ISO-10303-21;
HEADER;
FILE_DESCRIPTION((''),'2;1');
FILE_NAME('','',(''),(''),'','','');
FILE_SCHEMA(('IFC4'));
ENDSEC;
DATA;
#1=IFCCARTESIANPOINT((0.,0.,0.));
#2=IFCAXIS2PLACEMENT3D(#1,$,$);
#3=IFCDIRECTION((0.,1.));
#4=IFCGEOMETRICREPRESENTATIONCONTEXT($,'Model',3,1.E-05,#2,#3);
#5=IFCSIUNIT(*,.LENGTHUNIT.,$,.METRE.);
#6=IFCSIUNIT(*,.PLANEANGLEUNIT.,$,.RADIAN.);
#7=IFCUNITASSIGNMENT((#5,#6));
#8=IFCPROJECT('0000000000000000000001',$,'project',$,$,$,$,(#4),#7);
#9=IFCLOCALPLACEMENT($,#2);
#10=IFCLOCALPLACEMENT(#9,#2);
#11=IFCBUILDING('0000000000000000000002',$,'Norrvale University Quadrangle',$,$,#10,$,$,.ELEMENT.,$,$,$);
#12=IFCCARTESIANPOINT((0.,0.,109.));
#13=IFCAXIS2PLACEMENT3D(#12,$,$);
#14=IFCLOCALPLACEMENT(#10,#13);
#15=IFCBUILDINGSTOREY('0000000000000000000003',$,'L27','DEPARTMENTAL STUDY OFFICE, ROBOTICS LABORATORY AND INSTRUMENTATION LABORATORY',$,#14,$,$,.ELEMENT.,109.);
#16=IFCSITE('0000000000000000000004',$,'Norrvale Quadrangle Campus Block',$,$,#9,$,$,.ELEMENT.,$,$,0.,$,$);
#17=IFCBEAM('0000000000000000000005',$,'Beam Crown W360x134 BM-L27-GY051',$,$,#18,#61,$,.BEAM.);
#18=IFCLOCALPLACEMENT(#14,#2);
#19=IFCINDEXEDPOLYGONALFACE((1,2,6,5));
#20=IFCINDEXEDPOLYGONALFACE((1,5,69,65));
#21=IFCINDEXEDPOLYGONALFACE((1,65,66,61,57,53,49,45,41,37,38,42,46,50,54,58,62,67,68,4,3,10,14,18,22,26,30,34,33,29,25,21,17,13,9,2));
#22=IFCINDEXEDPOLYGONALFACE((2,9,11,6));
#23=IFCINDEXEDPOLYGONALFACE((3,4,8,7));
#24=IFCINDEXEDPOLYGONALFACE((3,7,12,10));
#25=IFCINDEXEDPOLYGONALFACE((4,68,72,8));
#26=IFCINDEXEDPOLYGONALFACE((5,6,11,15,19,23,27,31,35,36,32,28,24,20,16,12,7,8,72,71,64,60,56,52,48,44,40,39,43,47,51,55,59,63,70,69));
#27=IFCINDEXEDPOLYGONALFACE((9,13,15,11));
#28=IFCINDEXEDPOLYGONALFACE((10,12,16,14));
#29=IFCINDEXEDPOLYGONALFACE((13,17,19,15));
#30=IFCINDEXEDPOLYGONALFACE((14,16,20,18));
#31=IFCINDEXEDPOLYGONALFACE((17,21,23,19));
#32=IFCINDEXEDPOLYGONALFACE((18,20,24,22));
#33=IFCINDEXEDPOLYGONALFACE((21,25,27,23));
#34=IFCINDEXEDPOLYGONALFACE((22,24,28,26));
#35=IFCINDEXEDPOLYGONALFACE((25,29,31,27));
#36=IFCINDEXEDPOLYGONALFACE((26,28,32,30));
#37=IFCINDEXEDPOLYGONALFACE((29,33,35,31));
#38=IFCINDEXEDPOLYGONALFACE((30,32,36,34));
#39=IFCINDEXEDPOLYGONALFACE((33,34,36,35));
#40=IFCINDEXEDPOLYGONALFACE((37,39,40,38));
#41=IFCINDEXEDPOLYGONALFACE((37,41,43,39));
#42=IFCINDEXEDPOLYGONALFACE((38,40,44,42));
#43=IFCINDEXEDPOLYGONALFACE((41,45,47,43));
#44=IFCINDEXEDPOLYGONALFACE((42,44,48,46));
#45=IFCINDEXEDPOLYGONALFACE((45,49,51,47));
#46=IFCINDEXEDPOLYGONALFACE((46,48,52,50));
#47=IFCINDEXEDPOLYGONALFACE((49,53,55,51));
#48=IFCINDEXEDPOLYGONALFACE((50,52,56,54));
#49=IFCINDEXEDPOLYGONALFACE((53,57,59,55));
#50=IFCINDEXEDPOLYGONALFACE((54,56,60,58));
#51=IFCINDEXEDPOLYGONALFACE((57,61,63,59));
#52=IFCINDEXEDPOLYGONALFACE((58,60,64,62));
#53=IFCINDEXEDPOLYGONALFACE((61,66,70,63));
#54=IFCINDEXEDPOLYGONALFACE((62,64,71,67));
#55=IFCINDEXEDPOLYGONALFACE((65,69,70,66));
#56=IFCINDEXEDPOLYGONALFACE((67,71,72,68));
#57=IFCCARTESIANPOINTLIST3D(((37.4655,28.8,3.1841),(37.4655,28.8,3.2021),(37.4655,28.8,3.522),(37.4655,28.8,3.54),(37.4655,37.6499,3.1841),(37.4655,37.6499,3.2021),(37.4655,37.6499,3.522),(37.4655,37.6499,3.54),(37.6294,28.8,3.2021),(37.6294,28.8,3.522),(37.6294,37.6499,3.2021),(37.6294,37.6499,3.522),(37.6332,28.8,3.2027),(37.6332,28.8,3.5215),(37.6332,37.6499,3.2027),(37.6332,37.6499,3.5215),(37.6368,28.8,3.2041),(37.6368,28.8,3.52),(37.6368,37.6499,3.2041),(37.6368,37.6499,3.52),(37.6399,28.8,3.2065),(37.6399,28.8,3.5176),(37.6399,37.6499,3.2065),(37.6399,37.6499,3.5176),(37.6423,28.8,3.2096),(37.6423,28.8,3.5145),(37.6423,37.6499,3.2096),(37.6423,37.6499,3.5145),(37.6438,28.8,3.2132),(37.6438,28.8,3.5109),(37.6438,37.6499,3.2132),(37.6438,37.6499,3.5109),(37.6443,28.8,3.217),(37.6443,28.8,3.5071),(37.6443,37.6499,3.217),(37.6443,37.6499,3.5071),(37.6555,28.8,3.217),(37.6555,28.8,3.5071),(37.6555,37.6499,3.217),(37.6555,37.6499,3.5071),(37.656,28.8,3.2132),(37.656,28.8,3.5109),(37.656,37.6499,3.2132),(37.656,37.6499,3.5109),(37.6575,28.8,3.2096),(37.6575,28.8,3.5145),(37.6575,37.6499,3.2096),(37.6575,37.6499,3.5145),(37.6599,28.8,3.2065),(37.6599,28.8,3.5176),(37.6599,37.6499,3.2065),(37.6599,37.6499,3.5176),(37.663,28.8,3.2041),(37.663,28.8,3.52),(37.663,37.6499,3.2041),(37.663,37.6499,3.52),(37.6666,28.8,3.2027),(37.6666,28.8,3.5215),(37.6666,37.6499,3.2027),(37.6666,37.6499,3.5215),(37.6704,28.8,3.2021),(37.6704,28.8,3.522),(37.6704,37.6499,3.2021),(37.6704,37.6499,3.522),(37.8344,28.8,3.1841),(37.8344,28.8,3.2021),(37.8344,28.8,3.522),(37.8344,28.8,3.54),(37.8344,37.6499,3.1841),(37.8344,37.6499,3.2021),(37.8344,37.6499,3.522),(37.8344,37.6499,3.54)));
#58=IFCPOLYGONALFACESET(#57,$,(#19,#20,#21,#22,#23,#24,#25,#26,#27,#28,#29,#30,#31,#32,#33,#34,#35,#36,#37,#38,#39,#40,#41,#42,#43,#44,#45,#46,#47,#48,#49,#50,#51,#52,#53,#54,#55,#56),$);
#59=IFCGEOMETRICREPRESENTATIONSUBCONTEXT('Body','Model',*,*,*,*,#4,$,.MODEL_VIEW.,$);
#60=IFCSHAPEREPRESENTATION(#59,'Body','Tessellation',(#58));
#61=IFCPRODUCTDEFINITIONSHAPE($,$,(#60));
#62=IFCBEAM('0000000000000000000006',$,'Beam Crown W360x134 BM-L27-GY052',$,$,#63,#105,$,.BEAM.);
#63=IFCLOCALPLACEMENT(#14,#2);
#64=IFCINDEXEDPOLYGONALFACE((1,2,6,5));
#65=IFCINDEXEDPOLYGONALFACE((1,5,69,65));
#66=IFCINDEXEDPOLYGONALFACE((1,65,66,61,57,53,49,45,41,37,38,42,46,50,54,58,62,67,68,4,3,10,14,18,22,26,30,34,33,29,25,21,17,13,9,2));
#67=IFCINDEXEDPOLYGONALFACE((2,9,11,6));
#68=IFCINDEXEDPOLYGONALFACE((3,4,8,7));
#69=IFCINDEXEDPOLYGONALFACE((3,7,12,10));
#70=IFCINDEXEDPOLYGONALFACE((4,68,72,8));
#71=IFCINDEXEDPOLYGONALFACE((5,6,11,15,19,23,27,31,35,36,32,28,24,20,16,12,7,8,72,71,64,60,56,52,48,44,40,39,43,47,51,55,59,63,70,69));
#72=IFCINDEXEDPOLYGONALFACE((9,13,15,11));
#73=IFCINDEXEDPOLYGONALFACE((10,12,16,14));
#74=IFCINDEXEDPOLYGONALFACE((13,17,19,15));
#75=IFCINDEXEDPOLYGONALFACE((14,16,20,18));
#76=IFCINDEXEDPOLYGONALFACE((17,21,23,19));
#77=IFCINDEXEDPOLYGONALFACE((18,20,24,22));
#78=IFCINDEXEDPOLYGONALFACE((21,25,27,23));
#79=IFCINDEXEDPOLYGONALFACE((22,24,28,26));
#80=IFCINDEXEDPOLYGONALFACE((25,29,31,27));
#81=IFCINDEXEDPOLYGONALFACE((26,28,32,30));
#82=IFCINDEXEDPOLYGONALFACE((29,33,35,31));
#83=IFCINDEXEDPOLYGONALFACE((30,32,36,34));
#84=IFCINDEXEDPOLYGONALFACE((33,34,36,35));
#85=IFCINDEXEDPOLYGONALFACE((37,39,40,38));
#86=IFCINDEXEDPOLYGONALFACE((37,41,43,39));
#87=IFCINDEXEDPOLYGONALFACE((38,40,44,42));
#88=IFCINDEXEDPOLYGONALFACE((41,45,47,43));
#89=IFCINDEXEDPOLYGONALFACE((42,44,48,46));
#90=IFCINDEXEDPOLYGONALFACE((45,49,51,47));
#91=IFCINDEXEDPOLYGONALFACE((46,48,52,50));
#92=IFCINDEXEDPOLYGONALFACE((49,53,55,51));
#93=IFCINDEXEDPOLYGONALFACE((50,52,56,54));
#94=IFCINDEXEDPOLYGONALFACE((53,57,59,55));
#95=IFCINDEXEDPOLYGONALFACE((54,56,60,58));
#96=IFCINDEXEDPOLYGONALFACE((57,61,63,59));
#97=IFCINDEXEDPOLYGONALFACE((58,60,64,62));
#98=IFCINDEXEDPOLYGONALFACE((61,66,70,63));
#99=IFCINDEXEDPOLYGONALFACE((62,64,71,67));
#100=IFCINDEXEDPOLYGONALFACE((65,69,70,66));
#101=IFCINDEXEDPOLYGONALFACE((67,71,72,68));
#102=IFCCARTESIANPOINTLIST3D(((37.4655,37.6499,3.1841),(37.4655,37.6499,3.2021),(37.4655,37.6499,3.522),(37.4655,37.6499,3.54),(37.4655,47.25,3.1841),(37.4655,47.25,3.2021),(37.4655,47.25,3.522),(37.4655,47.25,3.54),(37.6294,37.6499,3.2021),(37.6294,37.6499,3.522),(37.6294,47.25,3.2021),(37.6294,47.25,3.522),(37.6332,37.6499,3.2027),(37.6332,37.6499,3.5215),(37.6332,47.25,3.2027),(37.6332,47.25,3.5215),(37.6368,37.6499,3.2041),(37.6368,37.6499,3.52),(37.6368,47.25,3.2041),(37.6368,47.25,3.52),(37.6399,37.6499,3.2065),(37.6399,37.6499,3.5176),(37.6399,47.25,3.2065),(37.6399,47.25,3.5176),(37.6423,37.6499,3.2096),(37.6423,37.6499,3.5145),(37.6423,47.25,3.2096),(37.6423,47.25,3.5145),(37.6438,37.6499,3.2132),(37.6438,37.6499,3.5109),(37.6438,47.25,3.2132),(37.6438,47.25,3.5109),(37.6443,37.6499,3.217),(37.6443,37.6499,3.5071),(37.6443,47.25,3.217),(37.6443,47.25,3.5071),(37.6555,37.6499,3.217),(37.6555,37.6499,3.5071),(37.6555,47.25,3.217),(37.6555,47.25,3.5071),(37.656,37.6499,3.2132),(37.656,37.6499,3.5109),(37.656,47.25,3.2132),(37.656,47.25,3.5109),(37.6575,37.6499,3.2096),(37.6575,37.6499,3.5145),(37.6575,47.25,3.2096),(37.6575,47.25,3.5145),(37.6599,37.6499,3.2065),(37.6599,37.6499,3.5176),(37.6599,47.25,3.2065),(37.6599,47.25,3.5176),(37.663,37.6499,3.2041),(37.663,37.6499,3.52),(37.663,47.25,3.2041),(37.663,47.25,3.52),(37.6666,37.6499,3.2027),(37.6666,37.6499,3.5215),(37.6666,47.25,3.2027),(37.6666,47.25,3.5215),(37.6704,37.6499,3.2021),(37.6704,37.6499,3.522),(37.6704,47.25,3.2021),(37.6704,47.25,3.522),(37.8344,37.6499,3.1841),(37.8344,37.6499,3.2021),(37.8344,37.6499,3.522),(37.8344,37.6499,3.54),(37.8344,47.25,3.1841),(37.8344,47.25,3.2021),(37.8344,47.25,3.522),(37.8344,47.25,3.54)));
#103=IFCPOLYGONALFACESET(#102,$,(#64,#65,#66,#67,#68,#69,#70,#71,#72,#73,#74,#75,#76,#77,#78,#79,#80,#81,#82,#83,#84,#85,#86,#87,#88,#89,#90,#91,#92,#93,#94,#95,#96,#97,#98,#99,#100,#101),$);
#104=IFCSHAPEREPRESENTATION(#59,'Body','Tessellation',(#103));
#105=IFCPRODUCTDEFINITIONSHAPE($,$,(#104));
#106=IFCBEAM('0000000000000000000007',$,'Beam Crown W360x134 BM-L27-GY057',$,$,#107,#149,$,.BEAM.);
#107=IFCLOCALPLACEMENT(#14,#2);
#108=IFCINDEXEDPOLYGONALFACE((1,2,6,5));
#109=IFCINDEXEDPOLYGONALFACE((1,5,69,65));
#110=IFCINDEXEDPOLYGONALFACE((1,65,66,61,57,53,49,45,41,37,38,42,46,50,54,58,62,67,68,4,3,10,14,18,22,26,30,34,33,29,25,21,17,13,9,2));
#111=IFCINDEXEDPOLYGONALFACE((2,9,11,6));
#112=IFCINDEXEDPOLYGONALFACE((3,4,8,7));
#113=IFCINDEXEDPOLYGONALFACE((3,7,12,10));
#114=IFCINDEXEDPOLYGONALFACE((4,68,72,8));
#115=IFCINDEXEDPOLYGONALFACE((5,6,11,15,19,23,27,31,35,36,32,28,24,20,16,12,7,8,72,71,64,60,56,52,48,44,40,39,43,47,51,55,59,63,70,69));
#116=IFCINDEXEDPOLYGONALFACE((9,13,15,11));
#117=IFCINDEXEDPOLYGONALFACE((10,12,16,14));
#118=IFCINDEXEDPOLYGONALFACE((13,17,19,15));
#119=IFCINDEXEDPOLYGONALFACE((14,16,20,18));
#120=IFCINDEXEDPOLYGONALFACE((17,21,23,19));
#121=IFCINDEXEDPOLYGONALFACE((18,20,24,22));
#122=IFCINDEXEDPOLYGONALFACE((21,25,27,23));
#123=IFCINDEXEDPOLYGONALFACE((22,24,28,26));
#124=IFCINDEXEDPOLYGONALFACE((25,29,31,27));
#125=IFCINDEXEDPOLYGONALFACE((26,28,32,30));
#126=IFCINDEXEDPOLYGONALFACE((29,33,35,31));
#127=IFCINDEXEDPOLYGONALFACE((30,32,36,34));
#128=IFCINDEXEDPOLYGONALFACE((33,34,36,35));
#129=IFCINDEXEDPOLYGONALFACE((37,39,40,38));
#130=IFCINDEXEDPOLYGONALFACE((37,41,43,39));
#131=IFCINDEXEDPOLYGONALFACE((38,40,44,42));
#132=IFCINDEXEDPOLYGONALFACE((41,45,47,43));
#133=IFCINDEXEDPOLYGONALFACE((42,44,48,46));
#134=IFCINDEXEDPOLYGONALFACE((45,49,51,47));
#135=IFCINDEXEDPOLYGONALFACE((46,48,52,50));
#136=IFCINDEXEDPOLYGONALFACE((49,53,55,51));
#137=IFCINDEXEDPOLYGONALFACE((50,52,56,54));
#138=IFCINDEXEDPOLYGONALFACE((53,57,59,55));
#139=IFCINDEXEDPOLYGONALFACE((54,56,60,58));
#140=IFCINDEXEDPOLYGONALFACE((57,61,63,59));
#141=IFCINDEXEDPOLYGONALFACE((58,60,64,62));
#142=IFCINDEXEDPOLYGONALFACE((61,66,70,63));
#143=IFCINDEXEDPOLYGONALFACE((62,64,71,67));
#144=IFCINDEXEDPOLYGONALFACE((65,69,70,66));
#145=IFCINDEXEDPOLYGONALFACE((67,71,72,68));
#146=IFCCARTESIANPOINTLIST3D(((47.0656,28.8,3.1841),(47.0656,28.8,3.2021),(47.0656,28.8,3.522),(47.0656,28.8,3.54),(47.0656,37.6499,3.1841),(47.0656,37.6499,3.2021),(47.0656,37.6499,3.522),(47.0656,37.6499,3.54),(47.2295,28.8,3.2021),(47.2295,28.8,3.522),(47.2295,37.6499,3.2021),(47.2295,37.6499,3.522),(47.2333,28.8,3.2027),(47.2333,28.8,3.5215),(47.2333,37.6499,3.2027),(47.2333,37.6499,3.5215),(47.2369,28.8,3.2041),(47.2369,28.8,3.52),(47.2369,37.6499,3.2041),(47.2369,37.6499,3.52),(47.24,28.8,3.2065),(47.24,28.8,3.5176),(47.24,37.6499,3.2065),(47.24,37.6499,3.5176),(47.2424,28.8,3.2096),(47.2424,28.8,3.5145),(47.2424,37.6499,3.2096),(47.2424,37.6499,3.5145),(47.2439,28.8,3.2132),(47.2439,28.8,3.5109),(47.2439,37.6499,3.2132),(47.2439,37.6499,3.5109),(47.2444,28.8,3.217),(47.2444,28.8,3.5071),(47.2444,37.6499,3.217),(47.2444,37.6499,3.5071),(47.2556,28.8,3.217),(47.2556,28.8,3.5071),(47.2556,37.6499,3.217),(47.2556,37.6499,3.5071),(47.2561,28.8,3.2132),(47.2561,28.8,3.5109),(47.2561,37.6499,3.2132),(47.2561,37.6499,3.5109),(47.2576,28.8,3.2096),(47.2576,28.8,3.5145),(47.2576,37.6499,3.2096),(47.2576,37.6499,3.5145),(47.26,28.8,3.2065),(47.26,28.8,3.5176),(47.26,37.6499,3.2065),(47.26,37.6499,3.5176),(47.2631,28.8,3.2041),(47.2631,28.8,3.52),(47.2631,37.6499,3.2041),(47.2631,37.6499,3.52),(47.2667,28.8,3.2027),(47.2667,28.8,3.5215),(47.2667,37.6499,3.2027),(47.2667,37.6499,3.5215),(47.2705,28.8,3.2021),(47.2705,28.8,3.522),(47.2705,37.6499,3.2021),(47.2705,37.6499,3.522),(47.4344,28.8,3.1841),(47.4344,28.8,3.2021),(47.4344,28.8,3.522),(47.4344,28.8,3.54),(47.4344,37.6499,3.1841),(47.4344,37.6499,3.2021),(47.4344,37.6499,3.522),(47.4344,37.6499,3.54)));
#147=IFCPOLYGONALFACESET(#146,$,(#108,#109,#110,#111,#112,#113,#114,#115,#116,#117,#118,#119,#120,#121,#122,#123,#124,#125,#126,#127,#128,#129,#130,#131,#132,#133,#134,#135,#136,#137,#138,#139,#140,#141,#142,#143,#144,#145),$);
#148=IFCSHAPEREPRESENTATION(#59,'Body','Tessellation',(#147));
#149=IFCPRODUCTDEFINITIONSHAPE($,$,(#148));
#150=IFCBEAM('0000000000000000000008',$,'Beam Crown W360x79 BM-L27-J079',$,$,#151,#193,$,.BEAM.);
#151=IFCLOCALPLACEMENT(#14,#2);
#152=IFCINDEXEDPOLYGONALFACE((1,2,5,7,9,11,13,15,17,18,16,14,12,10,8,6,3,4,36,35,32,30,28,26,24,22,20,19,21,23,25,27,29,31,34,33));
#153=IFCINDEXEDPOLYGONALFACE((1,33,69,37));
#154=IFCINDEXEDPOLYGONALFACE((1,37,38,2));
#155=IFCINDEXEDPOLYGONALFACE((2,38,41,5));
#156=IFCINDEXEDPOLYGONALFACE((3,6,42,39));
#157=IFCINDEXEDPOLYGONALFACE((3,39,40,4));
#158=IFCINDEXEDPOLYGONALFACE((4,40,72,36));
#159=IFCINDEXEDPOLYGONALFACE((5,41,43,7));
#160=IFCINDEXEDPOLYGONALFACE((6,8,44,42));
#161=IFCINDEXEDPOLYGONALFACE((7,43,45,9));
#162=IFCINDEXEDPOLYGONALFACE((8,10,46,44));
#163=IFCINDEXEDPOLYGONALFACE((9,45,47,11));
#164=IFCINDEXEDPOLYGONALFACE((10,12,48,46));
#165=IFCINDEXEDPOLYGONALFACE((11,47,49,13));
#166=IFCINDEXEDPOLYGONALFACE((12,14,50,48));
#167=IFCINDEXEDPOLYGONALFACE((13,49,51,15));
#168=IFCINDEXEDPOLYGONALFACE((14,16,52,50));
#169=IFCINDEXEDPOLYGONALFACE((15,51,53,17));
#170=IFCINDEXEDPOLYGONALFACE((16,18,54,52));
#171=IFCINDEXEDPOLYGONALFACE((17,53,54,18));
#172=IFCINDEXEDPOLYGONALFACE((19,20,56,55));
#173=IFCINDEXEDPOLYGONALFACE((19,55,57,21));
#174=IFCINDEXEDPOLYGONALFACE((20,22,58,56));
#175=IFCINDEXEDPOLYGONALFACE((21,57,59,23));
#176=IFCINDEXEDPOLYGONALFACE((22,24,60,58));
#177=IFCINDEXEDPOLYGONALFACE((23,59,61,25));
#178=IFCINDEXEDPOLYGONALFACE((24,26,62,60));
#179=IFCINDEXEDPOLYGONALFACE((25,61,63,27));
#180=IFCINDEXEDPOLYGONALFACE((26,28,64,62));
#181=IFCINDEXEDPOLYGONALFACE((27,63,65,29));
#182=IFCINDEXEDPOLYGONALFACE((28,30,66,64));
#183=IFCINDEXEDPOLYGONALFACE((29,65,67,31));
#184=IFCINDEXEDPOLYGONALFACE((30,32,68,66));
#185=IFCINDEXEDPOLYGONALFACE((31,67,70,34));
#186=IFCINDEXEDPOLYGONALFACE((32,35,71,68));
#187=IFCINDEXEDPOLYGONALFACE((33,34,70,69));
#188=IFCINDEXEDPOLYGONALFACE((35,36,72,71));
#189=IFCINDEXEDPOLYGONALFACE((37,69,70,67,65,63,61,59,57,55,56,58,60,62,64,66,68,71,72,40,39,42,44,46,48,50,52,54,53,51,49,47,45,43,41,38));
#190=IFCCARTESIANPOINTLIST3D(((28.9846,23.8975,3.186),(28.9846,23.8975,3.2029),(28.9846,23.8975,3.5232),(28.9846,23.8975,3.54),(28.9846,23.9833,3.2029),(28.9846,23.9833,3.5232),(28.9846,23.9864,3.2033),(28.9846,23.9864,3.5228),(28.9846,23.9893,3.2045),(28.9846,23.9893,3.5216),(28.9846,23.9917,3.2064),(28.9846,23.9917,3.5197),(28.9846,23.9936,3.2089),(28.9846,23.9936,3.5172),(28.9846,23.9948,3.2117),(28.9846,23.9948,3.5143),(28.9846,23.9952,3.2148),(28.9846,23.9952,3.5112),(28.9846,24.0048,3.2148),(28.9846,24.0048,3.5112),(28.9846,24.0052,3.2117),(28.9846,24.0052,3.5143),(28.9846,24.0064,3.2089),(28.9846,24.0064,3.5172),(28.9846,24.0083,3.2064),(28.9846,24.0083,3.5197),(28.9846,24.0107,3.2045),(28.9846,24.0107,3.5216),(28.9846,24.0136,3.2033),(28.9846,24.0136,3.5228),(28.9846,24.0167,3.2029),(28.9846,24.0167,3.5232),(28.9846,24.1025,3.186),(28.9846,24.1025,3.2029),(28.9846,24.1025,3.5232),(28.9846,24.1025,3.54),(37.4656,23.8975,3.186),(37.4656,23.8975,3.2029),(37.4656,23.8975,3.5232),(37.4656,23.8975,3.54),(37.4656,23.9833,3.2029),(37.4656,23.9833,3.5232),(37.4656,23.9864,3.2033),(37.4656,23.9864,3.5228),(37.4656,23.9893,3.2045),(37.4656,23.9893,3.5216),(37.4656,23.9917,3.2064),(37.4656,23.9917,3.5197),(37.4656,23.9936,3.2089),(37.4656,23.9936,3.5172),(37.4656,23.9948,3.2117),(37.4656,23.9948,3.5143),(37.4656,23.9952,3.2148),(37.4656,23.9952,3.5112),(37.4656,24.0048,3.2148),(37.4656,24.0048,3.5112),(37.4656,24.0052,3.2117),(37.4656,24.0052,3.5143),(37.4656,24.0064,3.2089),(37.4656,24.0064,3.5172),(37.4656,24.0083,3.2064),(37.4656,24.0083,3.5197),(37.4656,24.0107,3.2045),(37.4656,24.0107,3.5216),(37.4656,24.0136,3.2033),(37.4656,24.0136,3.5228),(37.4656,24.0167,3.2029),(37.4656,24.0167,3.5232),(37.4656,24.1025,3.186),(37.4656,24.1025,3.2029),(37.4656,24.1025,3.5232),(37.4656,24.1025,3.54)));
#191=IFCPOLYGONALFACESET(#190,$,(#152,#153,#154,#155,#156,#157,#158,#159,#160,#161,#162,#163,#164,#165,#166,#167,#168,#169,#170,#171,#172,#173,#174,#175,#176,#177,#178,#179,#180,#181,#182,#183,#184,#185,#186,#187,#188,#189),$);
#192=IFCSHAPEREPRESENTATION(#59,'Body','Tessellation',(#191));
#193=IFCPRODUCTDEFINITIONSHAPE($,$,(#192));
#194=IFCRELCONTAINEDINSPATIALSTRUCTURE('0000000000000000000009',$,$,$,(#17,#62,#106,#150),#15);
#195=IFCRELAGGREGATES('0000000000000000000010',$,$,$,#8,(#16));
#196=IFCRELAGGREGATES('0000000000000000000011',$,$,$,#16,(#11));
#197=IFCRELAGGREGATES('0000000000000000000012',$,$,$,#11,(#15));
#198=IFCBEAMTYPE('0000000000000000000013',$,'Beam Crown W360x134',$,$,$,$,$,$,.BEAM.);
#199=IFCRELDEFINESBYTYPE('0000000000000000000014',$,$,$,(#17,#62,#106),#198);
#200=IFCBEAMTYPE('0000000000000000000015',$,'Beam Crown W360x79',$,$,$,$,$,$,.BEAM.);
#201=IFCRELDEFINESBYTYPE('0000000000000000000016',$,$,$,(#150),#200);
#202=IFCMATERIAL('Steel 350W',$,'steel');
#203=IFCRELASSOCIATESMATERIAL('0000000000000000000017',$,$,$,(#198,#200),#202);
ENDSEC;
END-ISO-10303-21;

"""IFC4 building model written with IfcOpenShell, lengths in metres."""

from ifc_helpers import new_model, si_unit, direction, frame, origin, origin_2d, place, context, subcontext, project, spatial, i_section, extrude, material, material_profile, profile_set, type_object, element, save


model = new_model("IFC4")

# Units and contexts
model_context = context("Model", 3, precision=1e-05, world=origin(), true_north=direction((0.0, 1.0)))
body_context = subcontext(model_context, "Body", "Model", "MODEL_VIEW")
ifc_project = project(units=[si_unit("LENGTHUNIT", "METRE"), si_unit("PLANEANGLEUNIT", "RADIAN")], contexts=[model_context])

# Site, building, storey
site_placement = place(None, origin())
site = spatial("IfcSite", under=ifc_project, at=site_placement, Name="Norrvale Quadrangle Campus Block", CompositionType="ELEMENT", RefElevation=0.0)
building_placement = place(site_placement, origin())
building = spatial("IfcBuilding", under=site, at=building_placement, Name="Norrvale University Quadrangle", CompositionType="ELEMENT")
storey_placement = place(building_placement, frame((0.0, 0.0, 109.0)))
storey = spatial("IfcBuildingStorey", under=building, at=storey_placement, Name="L27", Description="DEPARTMENTAL STUDY OFFICE, ROBOTICS LABORATORY AND INSTRUMENTATION LABORATORY", CompositionType="ELEMENT", Elevation=109.0)

# Beams
ifc_material_1 = material(Name="Steel 350W", Category="steel")
ifc_material_profile_1 = material_profile(ifc_material_1, i_section(OverallWidth=0.3689, OverallDepth=0.356, WebThickness=0.0112, FlangeThickness=0.0181, FilletRadius=0.0149, at=origin_2d()), Name="Steel 350W")
ifc_profile_set_1 = profile_set([ifc_material_profile_1], Name="Steel 350W")
beam_type_1 = type_object("IfcBeamType", Name="Beam Crown W360x134", PredefinedType="BEAM", material=ifc_profile_set_1)
beam_1_placement = place(storey_placement, frame((37.6499, 28.8, 3.3621), z_axis=(0.0, 1.0, 0.0), x_axis=(-1.0, 0.0, 0.0)))
element("IfcBeam", 1, at=beam_1_placement, inside=storey, type_object=beam_type_1, Name="Beam Crown W360x134 BM-L27-GY051", PredefinedType="BEAM", context=body_context, shape_type="SweptSolid", body=[
    extrude(i_section(OverallWidth=0.3689, OverallDepth=0.356, WebThickness=0.0112, FlangeThickness=0.0181, FilletRadius=0.0149, at=origin_2d()), origin(), (0.0, 0.0, 1.0), 8.8499),
])
beam_2_placement = place(storey_placement, frame((37.6499, 37.6499, 3.3621), z_axis=(0.0, 1.0, 0.0), x_axis=(-1.0, 0.0, 0.0)))
element("IfcBeam", 2, at=beam_2_placement, inside=storey, type_object=beam_type_1, Name="Beam Crown W360x134 BM-L27-GY052", PredefinedType="BEAM", context=body_context, shape_type="SweptSolid", body=[
    extrude(i_section(OverallWidth=0.3689, OverallDepth=0.356, WebThickness=0.0112, FlangeThickness=0.0181, FilletRadius=0.0149, at=origin_2d()), origin(), (0.0, 0.0, 1.0), 9.6001),
])
beam_3_placement = place(storey_placement, frame((47.25, 28.8, 3.3621), z_axis=(0.0, 1.0, 0.0), x_axis=(-1.0, 0.0, 0.0)))
element("IfcBeam", 3, at=beam_3_placement, inside=storey, type_object=beam_type_1, Name="Beam Crown W360x134 BM-L27-GY057", PredefinedType="BEAM", context=body_context, shape_type="SweptSolid", body=[
    extrude(i_section(OverallWidth=0.3689, OverallDepth=0.356, WebThickness=0.0112, FlangeThickness=0.0181, FilletRadius=0.0149, at=origin_2d()), origin(), (0.0, 0.0, 1.0), 8.8499),
])
ifc_material_profile_2 = material_profile(ifc_material_1, i_section(OverallWidth=0.2051, OverallDepth=0.354, WebThickness=0.0095, FlangeThickness=0.0168, FilletRadius=0.012, at=origin_2d()), Name="Steel 350W")
ifc_profile_set_2 = profile_set([ifc_material_profile_2], Name="Steel 350W")
beam_type_2 = type_object("IfcBeamType", Name="Beam Crown W360x79", PredefinedType="BEAM", material=ifc_profile_set_2)
for number, where, z_axis, x_axis, name in (
    (4, (28.9846, 24.0, 3.363), (1.0, 0.0, 0.0), (0.0, 1.0, 0.0), "Beam Crown W360x79 BM-L27-J079"),
):
    element("IfcBeam", number, at=place(storey_placement, frame(where, z_axis=z_axis, x_axis=x_axis)), inside=storey, type_object=beam_type_2, Name=name, PredefinedType="BEAM", context=body_context, shape_type="SweptSolid", body=[
        extrude(i_section(OverallWidth=0.2051, OverallDepth=0.354, WebThickness=0.0095, FlangeThickness=0.0168, FilletRadius=0.012, at=origin_2d()), origin(), (0.0, 0.0, 1.0), 8.481),
    ])

save(model, "model.ifc")
